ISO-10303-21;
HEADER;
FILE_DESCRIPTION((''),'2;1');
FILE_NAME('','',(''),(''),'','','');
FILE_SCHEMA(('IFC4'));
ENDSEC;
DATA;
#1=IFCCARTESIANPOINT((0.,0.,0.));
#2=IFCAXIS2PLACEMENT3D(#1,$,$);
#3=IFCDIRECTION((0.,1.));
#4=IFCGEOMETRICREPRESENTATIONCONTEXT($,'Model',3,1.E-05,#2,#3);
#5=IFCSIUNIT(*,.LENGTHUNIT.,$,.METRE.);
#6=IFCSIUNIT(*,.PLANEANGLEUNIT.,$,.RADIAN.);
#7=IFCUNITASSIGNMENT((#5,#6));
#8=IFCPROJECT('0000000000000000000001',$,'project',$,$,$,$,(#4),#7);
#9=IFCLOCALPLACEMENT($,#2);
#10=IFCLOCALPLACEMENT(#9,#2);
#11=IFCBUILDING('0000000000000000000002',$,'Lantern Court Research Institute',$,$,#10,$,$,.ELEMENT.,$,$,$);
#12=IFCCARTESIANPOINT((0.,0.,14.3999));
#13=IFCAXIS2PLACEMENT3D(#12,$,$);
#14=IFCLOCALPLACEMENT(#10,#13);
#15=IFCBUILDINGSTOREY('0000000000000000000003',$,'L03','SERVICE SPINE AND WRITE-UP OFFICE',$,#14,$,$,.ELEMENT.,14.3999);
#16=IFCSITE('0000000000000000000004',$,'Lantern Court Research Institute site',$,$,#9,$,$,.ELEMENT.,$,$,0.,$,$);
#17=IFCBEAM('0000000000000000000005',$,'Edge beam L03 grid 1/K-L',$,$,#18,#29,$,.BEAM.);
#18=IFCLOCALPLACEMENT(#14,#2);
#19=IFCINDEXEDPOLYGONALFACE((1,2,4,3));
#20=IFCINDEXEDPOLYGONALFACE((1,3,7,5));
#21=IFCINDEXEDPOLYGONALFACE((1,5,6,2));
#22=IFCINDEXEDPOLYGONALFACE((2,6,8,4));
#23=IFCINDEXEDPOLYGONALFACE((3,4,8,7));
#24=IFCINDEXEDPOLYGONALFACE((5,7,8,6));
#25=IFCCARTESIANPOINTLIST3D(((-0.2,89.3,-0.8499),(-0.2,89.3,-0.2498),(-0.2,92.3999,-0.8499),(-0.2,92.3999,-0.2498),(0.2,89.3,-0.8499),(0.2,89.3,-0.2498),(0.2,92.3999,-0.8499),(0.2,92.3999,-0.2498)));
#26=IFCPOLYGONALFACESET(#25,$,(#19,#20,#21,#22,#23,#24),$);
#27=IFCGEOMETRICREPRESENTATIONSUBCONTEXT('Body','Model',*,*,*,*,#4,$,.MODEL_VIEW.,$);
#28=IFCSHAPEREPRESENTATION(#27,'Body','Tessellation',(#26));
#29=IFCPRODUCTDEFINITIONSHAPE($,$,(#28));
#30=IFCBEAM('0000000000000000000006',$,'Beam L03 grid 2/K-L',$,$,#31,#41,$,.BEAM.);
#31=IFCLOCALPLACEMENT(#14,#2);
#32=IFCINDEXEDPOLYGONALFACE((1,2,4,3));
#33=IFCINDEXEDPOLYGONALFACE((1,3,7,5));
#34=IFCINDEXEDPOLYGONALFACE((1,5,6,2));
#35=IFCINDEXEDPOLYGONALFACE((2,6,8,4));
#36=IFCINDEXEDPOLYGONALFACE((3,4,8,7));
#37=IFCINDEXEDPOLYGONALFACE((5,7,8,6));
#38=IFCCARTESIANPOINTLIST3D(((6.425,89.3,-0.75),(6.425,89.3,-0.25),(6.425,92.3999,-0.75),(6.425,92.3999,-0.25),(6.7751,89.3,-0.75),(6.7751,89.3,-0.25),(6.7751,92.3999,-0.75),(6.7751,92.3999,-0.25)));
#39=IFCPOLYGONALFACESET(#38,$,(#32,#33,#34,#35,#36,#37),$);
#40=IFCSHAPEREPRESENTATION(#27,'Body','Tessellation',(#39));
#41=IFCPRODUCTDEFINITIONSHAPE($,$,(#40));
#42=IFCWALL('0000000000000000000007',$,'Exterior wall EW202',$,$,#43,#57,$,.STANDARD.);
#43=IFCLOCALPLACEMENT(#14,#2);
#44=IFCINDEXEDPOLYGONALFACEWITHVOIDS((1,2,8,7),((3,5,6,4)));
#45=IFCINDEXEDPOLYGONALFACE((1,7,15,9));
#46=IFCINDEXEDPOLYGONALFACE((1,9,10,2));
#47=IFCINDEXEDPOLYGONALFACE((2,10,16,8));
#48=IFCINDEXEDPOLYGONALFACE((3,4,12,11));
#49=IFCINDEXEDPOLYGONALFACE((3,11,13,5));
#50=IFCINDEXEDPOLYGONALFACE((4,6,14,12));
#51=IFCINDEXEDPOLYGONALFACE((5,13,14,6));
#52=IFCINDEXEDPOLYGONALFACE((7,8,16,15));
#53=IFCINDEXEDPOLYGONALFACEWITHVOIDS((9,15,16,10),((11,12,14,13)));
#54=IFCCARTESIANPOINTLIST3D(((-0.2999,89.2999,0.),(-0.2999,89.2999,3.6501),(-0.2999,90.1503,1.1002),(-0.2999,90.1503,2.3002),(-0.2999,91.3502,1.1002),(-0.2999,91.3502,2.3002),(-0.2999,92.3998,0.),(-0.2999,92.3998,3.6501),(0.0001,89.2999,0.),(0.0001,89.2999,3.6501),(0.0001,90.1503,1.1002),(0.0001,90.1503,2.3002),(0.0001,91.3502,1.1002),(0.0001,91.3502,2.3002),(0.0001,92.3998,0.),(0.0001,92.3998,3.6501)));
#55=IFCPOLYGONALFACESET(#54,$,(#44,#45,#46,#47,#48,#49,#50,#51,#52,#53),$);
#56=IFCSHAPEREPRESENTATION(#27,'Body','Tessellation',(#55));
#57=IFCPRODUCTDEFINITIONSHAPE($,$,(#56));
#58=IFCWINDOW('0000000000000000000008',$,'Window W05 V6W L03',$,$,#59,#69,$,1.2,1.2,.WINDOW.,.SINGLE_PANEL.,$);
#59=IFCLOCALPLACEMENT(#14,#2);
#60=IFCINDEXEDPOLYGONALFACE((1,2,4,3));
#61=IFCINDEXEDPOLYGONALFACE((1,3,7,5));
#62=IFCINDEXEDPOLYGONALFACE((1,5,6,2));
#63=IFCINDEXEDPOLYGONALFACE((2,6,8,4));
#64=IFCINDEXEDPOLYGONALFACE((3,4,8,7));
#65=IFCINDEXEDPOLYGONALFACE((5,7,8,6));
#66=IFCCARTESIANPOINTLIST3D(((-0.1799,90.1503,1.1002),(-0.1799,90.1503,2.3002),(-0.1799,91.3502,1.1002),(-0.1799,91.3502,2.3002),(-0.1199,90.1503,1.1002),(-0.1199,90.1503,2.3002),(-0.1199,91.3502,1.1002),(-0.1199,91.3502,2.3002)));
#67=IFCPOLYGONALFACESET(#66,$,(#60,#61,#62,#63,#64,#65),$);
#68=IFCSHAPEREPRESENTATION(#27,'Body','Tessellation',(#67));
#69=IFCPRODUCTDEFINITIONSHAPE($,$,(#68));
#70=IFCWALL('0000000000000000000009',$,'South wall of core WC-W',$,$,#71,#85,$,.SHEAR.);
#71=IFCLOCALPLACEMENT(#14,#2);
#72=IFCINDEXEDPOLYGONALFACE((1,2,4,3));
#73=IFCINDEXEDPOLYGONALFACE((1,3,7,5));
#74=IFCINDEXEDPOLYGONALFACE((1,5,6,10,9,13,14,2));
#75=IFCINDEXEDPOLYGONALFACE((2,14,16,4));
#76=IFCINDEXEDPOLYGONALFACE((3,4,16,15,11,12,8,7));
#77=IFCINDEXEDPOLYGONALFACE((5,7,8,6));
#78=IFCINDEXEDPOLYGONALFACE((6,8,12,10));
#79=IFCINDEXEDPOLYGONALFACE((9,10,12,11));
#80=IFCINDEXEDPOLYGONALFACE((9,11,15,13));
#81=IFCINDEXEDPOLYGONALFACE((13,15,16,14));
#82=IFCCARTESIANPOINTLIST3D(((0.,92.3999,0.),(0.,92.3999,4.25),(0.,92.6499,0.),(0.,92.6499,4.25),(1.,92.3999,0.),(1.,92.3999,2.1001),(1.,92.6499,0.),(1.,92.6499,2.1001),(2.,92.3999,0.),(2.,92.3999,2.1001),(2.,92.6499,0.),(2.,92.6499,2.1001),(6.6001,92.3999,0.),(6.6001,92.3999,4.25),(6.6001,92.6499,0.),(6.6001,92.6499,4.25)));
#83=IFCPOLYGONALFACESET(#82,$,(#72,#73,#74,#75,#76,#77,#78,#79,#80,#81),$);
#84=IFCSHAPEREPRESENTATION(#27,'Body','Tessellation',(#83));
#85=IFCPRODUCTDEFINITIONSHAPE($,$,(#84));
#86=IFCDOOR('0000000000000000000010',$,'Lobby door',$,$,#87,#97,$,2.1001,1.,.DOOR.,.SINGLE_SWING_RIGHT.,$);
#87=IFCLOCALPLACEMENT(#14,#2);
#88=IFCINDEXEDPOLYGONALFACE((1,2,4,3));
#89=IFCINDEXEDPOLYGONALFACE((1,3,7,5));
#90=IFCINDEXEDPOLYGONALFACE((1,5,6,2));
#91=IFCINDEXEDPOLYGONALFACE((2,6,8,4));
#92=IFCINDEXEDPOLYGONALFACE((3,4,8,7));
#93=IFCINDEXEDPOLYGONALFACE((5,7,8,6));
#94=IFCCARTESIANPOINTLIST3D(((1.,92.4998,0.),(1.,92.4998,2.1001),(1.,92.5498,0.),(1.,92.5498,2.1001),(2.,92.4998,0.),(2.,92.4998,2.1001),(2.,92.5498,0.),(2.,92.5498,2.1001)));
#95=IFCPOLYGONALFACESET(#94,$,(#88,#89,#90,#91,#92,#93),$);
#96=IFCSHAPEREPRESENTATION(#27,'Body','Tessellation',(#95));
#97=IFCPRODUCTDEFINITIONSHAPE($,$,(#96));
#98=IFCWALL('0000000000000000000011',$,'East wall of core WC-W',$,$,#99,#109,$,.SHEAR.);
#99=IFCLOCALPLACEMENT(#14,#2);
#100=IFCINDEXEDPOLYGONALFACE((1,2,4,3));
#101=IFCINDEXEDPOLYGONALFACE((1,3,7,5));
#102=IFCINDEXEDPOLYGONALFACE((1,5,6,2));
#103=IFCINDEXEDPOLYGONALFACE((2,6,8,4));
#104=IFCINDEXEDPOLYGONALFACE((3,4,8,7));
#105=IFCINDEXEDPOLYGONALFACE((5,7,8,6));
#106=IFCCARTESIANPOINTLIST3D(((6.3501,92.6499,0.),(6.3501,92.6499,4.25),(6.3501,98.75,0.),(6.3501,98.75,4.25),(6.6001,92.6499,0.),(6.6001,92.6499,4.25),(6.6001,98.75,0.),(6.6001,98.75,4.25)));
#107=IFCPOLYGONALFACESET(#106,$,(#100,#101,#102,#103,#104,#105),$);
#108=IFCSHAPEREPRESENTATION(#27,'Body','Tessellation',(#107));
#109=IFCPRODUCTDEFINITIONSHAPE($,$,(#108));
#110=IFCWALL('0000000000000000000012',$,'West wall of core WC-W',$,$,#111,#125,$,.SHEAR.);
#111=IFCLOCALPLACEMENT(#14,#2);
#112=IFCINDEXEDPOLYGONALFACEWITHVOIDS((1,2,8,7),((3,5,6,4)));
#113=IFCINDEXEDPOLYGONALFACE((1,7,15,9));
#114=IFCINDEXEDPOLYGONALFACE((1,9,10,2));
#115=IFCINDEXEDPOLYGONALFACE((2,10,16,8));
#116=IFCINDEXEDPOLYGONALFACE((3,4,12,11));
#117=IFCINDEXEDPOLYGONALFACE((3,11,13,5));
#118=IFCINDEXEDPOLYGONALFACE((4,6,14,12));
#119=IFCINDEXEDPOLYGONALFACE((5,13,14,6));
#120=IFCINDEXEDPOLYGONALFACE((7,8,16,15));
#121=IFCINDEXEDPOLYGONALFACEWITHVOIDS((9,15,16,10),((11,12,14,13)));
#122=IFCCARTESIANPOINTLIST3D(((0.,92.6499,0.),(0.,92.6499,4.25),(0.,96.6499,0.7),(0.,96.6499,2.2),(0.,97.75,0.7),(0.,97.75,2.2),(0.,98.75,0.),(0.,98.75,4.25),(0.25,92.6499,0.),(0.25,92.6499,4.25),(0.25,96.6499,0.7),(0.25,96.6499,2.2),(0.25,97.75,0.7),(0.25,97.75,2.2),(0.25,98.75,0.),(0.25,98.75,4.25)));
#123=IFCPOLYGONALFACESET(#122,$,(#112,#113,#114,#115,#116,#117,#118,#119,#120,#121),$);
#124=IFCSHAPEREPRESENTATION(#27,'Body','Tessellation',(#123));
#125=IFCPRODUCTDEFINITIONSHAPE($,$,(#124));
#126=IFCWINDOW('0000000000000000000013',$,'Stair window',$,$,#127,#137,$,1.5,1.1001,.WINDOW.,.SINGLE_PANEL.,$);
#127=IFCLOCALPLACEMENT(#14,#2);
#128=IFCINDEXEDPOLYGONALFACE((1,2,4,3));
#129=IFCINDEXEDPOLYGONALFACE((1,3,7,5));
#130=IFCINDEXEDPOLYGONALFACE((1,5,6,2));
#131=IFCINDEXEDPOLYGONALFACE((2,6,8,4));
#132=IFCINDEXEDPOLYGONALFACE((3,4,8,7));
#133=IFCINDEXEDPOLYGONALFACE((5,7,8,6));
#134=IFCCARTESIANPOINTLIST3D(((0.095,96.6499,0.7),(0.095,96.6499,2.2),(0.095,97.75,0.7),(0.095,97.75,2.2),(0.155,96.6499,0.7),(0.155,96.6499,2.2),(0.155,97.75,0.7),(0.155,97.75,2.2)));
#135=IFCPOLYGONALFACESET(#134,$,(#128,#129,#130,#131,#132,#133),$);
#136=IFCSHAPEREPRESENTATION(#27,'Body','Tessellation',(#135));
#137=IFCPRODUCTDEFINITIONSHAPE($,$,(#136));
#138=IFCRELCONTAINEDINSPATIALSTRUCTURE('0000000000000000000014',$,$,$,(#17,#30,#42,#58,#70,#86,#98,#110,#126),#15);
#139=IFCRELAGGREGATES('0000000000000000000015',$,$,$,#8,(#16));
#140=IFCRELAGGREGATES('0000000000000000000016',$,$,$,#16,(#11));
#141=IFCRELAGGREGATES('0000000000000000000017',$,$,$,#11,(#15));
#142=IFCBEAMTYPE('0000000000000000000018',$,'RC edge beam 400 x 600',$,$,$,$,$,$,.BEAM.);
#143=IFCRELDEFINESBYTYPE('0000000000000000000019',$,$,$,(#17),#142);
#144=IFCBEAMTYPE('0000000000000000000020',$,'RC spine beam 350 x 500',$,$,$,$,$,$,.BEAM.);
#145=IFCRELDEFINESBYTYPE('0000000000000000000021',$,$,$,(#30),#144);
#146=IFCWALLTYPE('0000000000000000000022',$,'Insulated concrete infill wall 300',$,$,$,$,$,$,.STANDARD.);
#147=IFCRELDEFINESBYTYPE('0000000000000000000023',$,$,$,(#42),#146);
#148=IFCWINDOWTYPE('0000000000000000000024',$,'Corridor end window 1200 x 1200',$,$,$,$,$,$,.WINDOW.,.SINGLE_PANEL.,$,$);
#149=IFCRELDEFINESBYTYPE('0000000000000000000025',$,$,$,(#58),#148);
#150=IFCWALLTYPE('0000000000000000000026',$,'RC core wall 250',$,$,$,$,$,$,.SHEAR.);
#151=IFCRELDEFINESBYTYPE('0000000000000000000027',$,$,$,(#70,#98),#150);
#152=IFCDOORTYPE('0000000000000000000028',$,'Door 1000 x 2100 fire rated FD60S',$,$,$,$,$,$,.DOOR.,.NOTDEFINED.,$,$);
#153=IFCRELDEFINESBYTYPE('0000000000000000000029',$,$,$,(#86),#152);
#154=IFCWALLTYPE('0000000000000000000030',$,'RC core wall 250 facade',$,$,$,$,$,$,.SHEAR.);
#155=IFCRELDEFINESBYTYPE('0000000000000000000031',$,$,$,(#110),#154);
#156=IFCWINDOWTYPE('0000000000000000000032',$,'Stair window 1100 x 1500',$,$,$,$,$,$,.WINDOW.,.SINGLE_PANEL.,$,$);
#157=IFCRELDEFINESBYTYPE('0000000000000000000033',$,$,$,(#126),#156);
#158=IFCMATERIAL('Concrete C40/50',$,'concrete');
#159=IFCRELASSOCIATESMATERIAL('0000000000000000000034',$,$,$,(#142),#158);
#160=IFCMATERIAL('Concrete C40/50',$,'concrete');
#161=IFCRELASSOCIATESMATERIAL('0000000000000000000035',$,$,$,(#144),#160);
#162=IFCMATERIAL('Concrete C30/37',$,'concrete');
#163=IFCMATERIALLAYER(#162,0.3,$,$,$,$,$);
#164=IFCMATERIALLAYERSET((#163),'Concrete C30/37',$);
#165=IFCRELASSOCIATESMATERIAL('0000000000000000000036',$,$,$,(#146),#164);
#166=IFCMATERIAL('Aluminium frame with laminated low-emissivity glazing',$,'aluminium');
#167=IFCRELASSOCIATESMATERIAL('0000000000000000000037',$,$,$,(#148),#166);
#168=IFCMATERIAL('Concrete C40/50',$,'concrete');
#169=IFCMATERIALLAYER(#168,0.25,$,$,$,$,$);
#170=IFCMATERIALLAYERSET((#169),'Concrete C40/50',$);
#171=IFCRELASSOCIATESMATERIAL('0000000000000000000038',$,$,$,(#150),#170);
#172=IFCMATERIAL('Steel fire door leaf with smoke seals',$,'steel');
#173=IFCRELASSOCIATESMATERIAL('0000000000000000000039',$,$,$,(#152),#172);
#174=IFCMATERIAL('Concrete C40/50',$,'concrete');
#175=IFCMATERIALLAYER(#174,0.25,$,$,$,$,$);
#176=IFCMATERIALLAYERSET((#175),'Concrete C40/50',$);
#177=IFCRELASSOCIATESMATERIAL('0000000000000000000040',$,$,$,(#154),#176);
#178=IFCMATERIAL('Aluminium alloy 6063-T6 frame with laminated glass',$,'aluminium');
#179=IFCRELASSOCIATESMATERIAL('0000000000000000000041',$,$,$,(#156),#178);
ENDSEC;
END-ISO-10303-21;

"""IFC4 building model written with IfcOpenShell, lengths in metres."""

from ifc_helpers import new_model, si_unit, direction, frame, frame_2d, origin, origin_2d, place, context, subcontext, project, spatial, rectangle, extrude, material, layer, layer_set, material_profile, profile_set, type_object, element, fill, save


model = new_model("IFC4")

# Units and contexts
model_context = context("Model", 3, precision=1e-05, world=origin(), true_north=direction((0.0, 1.0)))
body_context = subcontext(model_context, "Body", "Model", "MODEL_VIEW")
ifc_project = project(units=[si_unit("LENGTHUNIT", "METRE"), si_unit("PLANEANGLEUNIT", "RADIAN")], contexts=[model_context])

# Site, building, storey
site_placement = place(None, origin())
site = spatial("IfcSite", under=ifc_project, at=site_placement, Name="Lantern Court Research Institute site", CompositionType="ELEMENT", RefElevation=0.0)
building_placement = place(site_placement, origin())
building = spatial("IfcBuilding", under=site, at=building_placement, Name="Lantern Court Research Institute", CompositionType="ELEMENT")
storey_placement = place(building_placement, frame((0.0, 0.0, 14.3999)))
storey = spatial("IfcBuildingStorey", under=building, at=storey_placement, Name="L03", Description="SERVICE SPINE AND WRITE-UP OFFICE", CompositionType="ELEMENT", Elevation=14.3999)

# Beams
ifc_material_1 = material(Name="Concrete C40/50", Category="concrete")
ifc_material_profile_1 = material_profile(ifc_material_1, rectangle(XDim=0.3999, YDim=0.6001, at=origin_2d()), Name="RC beam 400 x 600")
ifc_profile_set_1 = profile_set([ifc_material_profile_1], Name="Concrete C40/50")
beam_type_1 = type_object("IfcBeamType", Name="RC edge beam 400 x 600", PredefinedType="BEAM", material=ifc_profile_set_1)
beam_1_placement = place(storey_placement, frame((0.0, 89.3, -0.5498), z_axis=(0.0, 1.0, 0.0), x_axis=(-1.0, 0.0, 0.0)))
element("IfcBeam", 1, at=beam_1_placement, inside=storey, type_object=beam_type_1, Name="Edge beam L03 grid 1/K-L", PredefinedType="BEAM", context=body_context, shape_type="SweptSolid", body=[
    extrude(rectangle(XDim=0.3999, YDim=0.6001, at=origin_2d()), origin(), (0.0, 0.0, 1.0), 3.0999),
])
ifc_material_2 = material(Name="Concrete C40/50", Category="concrete")
ifc_material_profile_2 = material_profile(ifc_material_2, rectangle(XDim=0.3501, YDim=0.5, at=origin_2d()), Name="RC beam 350 x 500")
ifc_profile_set_2 = profile_set([ifc_material_profile_2], Name="Concrete C40/50")
beam_type_2 = type_object("IfcBeamType", Name="RC spine beam 350 x 500", PredefinedType="BEAM", material=ifc_profile_set_2)
beam_2_placement = place(storey_placement, frame((6.6001, 89.3, -0.5), z_axis=(0.0, 1.0, 0.0), x_axis=(-1.0, 0.0, 0.0)))
element("IfcBeam", 2, at=beam_2_placement, inside=storey, type_object=beam_type_2, Name="Beam L03 grid 2/K-L", PredefinedType="BEAM", context=body_context, shape_type="SweptSolid", body=[
    extrude(rectangle(XDim=0.3501, YDim=0.5, at=origin_2d()), origin(), (0.0, 0.0, 1.0), 3.0999),
])

# Wall, opening, window
ifc_material_3 = material(Name="Concrete C30/37", Category="concrete")
ifc_layer_1 = layer(ifc_material_3, 0.3)
ifc_layer_set_1 = layer_set([ifc_layer_1], Name="Concrete C30/37")
wall_type_1 = type_object("IfcWallType", Name="Insulated concrete infill wall 300", PredefinedType="STANDARD", material=ifc_layer_set_1)
wall_1_placement = place(storey_placement, frame((-0.1499, 89.3, 0.0), z_axis=(0.0, 0.0, 1.0), x_axis=(0.0, 1.0, 0.0)))
wall_1 = element("IfcWall", 3, at=wall_1_placement, inside=storey, type_object=wall_type_1, Name="Exterior wall EW202", PredefinedType="STANDARD", context=body_context, shape_type="SweptSolid", body=[
    extrude(rectangle(XDim=3.0999, YDim=0.3, at=frame_2d((1.5498, 0.0))), origin(), (0.0, 0.0, 1.0), 3.6501),
])
opening_1_placement = place(wall_1_placement, frame((0.8501, 0.0, 1.1001)))
opening_1 = element("IfcOpeningElement", 4, at=opening_1_placement, cuts=wall_1, PredefinedType="OPENING", context=body_context, shape_type="SweptSolid", body=[
    extrude(rectangle(XDim=1.2, YDim=1.2, at=frame_2d((0.6001, 0.6001))), frame((0.0, 0.1599, 0.0), z_axis=(0.0, -1.0, 0.0), x_axis=(1.0, 0.0, 0.0)), (0.0, 0.0, 1.0), 0.3201),
])
ifc_material_4 = material(Name="Aluminium frame with laminated low-emissivity glazing", Category="aluminium")
window_type_1 = type_object("IfcWindowType", Name="Corridor end window 1200 x 1200", PartitioningType="SINGLE_PANEL", PredefinedType="WINDOW", material=ifc_material_4)
window_1_placement = place(opening_1_placement, origin())
window_1 = element("IfcWindow", 5, at=window_1_placement, inside=storey, type_object=window_type_1, Name="Window W05 V6W L03", OverallHeight=1.2, OverallWidth=1.2, PartitioningType="SINGLE_PANEL", PredefinedType="WINDOW", context=body_context, shape_type="SweptSolid", body=[
    extrude(rectangle(XDim=1.2, YDim=1.2, at=frame_2d((0.6001, 0.6001))), frame((0.0, 0.03, 0.0), z_axis=(0.0, -1.0, 0.0), x_axis=(1.0, 0.0, 0.0)), (0.0, 0.0, 1.0), 0.0601),
])
fill(opening_1, window_1)

# Wall, opening, door
ifc_material_5 = material(Name="Concrete C40/50", Category="concrete")
ifc_layer_2 = layer(ifc_material_5, 0.25)
ifc_layer_set_2 = layer_set([ifc_layer_2], Name="Concrete C40/50")
wall_type_2 = type_object("IfcWallType", Name="RC core wall 250", PredefinedType="SHEAR", material=ifc_layer_set_2)
wall_2_placement = place(storey_placement, frame((0.0, 92.5249, 0.0), z_axis=(0.0, 0.0, 1.0), x_axis=(1.0, 0.0, 0.0)))
wall_2 = element("IfcWall", 6, at=wall_2_placement, inside=storey, type_object=wall_type_2, Name="South wall of core WC-W", PredefinedType="SHEAR", context=body_context, shape_type="SweptSolid", body=[
    extrude(rectangle(XDim=6.6001, YDim=0.25, at=frame_2d((3.3, 0.0))), origin(), (0.0, 0.0, 1.0), 4.25),
])
opening_2_placement = place(wall_2_placement, frame((1.0, 0.0, 0.0)))
opening_2 = element("IfcOpeningElement", 7, at=opening_2_placement, cuts=wall_2, PredefinedType="OPENING", context=body_context, shape_type="SweptSolid", body=[
    extrude(rectangle(XDim=1.0, YDim=2.1001, at=frame_2d((0.5, 1.05))), frame((0.0, 0.135, 0.0), z_axis=(0.0, -1.0, 0.0), x_axis=(1.0, 0.0, 0.0)), (0.0, 0.0, 1.0), 0.27),
])
ifc_material_6 = material(Name="Steel fire door leaf with smoke seals", Category="steel")
door_type_1 = type_object("IfcDoorType", Name="Door 1000 x 2100 fire rated FD60S", OperationType="NOTDEFINED", PredefinedType="DOOR", material=ifc_material_6)
door_1_placement = place(opening_2_placement, origin())
door_1 = element("IfcDoor", 8, at=door_1_placement, inside=storey, type_object=door_type_1, Name="Lobby door", OperationType="SINGLE_SWING_RIGHT", OverallHeight=2.1001, OverallWidth=1.0, PredefinedType="DOOR", context=body_context, shape_type="SweptSolid", body=[
    extrude(rectangle(XDim=1.0, YDim=2.1001, at=frame_2d((0.5, 1.05))), frame((0.0, 0.0249, 0.0), z_axis=(0.0, -1.0, 0.0), x_axis=(1.0, 0.0, 0.0)), (0.0, 0.0, 1.0), 0.05),
])
fill(opening_2, door_1)

# Wall
wall_3_placement = place(storey_placement, frame((6.4751, 92.6499, 0.0), z_axis=(0.0, 0.0, 1.0), x_axis=(0.0, 1.0, 0.0)))
element("IfcWall", 9, at=wall_3_placement, inside=storey, type_object=wall_type_2, Name="East wall of core WC-W", PredefinedType="SHEAR", context=body_context, shape_type="SweptSolid", body=[
    extrude(rectangle(XDim=6.1001, YDim=0.25, at=frame_2d((3.05, 0.0))), origin(), (0.0, 0.0, 1.0), 4.25),
])

# Wall, opening, window
ifc_material_7 = material(Name="Concrete C40/50", Category="concrete")
ifc_layer_3 = layer(ifc_material_7, 0.25)
ifc_layer_set_3 = layer_set([ifc_layer_3], Name="Concrete C40/50")
wall_type_3 = type_object("IfcWallType", Name="RC core wall 250 facade", PredefinedType="SHEAR", material=ifc_layer_set_3)
wall_4_placement = place(storey_placement, frame((0.125, 92.6499, 0.0), z_axis=(0.0, 0.0, 1.0), x_axis=(0.0, 1.0, 0.0)))
wall_4 = element("IfcWall", 10, at=wall_4_placement, inside=storey, type_object=wall_type_3, Name="West wall of core WC-W", PredefinedType="SHEAR", context=body_context, shape_type="SweptSolid", body=[
    extrude(rectangle(XDim=6.1001, YDim=0.25, at=frame_2d((3.05, 0.0))), origin(), (0.0, 0.0, 1.0), 4.25),
])
opening_3_placement = place(wall_4_placement, frame((4.0, 0.0, 0.7)))
opening_3 = element("IfcOpeningElement", 11, at=opening_3_placement, cuts=wall_4, PredefinedType="OPENING", context=body_context, shape_type="SweptSolid", body=[
    extrude(rectangle(XDim=1.1001, YDim=1.5, at=frame_2d((0.55, 0.75))), frame((0.0, 0.135, 0.0), z_axis=(0.0, -1.0, 0.0), x_axis=(1.0, 0.0, 0.0)), (0.0, 0.0, 1.0), 0.27),
])
ifc_material_8 = material(Name="Aluminium alloy 6063-T6 frame with laminated glass", Category="aluminium")
window_type_2 = type_object("IfcWindowType", Name="Stair window 1100 x 1500", PartitioningType="SINGLE_PANEL", PredefinedType="WINDOW", material=ifc_material_8)
window_2_placement = place(opening_3_placement, origin())
window_2 = element("IfcWindow", 12, at=window_2_placement, inside=storey, type_object=window_type_2, Name="Stair window", OverallHeight=1.5, OverallWidth=1.1001, PartitioningType="SINGLE_PANEL", PredefinedType="WINDOW", context=body_context, shape_type="SweptSolid", body=[
    extrude(rectangle(XDim=1.1001, YDim=1.5, at=frame_2d((0.55, 0.75))), frame((0.0, 0.03, 0.0), z_axis=(0.0, -1.0, 0.0), x_axis=(1.0, 0.0, 0.0)), (0.0, 0.0, 1.0), 0.0601),
])
fill(opening_3, window_2)

save(model, "model.ifc")
